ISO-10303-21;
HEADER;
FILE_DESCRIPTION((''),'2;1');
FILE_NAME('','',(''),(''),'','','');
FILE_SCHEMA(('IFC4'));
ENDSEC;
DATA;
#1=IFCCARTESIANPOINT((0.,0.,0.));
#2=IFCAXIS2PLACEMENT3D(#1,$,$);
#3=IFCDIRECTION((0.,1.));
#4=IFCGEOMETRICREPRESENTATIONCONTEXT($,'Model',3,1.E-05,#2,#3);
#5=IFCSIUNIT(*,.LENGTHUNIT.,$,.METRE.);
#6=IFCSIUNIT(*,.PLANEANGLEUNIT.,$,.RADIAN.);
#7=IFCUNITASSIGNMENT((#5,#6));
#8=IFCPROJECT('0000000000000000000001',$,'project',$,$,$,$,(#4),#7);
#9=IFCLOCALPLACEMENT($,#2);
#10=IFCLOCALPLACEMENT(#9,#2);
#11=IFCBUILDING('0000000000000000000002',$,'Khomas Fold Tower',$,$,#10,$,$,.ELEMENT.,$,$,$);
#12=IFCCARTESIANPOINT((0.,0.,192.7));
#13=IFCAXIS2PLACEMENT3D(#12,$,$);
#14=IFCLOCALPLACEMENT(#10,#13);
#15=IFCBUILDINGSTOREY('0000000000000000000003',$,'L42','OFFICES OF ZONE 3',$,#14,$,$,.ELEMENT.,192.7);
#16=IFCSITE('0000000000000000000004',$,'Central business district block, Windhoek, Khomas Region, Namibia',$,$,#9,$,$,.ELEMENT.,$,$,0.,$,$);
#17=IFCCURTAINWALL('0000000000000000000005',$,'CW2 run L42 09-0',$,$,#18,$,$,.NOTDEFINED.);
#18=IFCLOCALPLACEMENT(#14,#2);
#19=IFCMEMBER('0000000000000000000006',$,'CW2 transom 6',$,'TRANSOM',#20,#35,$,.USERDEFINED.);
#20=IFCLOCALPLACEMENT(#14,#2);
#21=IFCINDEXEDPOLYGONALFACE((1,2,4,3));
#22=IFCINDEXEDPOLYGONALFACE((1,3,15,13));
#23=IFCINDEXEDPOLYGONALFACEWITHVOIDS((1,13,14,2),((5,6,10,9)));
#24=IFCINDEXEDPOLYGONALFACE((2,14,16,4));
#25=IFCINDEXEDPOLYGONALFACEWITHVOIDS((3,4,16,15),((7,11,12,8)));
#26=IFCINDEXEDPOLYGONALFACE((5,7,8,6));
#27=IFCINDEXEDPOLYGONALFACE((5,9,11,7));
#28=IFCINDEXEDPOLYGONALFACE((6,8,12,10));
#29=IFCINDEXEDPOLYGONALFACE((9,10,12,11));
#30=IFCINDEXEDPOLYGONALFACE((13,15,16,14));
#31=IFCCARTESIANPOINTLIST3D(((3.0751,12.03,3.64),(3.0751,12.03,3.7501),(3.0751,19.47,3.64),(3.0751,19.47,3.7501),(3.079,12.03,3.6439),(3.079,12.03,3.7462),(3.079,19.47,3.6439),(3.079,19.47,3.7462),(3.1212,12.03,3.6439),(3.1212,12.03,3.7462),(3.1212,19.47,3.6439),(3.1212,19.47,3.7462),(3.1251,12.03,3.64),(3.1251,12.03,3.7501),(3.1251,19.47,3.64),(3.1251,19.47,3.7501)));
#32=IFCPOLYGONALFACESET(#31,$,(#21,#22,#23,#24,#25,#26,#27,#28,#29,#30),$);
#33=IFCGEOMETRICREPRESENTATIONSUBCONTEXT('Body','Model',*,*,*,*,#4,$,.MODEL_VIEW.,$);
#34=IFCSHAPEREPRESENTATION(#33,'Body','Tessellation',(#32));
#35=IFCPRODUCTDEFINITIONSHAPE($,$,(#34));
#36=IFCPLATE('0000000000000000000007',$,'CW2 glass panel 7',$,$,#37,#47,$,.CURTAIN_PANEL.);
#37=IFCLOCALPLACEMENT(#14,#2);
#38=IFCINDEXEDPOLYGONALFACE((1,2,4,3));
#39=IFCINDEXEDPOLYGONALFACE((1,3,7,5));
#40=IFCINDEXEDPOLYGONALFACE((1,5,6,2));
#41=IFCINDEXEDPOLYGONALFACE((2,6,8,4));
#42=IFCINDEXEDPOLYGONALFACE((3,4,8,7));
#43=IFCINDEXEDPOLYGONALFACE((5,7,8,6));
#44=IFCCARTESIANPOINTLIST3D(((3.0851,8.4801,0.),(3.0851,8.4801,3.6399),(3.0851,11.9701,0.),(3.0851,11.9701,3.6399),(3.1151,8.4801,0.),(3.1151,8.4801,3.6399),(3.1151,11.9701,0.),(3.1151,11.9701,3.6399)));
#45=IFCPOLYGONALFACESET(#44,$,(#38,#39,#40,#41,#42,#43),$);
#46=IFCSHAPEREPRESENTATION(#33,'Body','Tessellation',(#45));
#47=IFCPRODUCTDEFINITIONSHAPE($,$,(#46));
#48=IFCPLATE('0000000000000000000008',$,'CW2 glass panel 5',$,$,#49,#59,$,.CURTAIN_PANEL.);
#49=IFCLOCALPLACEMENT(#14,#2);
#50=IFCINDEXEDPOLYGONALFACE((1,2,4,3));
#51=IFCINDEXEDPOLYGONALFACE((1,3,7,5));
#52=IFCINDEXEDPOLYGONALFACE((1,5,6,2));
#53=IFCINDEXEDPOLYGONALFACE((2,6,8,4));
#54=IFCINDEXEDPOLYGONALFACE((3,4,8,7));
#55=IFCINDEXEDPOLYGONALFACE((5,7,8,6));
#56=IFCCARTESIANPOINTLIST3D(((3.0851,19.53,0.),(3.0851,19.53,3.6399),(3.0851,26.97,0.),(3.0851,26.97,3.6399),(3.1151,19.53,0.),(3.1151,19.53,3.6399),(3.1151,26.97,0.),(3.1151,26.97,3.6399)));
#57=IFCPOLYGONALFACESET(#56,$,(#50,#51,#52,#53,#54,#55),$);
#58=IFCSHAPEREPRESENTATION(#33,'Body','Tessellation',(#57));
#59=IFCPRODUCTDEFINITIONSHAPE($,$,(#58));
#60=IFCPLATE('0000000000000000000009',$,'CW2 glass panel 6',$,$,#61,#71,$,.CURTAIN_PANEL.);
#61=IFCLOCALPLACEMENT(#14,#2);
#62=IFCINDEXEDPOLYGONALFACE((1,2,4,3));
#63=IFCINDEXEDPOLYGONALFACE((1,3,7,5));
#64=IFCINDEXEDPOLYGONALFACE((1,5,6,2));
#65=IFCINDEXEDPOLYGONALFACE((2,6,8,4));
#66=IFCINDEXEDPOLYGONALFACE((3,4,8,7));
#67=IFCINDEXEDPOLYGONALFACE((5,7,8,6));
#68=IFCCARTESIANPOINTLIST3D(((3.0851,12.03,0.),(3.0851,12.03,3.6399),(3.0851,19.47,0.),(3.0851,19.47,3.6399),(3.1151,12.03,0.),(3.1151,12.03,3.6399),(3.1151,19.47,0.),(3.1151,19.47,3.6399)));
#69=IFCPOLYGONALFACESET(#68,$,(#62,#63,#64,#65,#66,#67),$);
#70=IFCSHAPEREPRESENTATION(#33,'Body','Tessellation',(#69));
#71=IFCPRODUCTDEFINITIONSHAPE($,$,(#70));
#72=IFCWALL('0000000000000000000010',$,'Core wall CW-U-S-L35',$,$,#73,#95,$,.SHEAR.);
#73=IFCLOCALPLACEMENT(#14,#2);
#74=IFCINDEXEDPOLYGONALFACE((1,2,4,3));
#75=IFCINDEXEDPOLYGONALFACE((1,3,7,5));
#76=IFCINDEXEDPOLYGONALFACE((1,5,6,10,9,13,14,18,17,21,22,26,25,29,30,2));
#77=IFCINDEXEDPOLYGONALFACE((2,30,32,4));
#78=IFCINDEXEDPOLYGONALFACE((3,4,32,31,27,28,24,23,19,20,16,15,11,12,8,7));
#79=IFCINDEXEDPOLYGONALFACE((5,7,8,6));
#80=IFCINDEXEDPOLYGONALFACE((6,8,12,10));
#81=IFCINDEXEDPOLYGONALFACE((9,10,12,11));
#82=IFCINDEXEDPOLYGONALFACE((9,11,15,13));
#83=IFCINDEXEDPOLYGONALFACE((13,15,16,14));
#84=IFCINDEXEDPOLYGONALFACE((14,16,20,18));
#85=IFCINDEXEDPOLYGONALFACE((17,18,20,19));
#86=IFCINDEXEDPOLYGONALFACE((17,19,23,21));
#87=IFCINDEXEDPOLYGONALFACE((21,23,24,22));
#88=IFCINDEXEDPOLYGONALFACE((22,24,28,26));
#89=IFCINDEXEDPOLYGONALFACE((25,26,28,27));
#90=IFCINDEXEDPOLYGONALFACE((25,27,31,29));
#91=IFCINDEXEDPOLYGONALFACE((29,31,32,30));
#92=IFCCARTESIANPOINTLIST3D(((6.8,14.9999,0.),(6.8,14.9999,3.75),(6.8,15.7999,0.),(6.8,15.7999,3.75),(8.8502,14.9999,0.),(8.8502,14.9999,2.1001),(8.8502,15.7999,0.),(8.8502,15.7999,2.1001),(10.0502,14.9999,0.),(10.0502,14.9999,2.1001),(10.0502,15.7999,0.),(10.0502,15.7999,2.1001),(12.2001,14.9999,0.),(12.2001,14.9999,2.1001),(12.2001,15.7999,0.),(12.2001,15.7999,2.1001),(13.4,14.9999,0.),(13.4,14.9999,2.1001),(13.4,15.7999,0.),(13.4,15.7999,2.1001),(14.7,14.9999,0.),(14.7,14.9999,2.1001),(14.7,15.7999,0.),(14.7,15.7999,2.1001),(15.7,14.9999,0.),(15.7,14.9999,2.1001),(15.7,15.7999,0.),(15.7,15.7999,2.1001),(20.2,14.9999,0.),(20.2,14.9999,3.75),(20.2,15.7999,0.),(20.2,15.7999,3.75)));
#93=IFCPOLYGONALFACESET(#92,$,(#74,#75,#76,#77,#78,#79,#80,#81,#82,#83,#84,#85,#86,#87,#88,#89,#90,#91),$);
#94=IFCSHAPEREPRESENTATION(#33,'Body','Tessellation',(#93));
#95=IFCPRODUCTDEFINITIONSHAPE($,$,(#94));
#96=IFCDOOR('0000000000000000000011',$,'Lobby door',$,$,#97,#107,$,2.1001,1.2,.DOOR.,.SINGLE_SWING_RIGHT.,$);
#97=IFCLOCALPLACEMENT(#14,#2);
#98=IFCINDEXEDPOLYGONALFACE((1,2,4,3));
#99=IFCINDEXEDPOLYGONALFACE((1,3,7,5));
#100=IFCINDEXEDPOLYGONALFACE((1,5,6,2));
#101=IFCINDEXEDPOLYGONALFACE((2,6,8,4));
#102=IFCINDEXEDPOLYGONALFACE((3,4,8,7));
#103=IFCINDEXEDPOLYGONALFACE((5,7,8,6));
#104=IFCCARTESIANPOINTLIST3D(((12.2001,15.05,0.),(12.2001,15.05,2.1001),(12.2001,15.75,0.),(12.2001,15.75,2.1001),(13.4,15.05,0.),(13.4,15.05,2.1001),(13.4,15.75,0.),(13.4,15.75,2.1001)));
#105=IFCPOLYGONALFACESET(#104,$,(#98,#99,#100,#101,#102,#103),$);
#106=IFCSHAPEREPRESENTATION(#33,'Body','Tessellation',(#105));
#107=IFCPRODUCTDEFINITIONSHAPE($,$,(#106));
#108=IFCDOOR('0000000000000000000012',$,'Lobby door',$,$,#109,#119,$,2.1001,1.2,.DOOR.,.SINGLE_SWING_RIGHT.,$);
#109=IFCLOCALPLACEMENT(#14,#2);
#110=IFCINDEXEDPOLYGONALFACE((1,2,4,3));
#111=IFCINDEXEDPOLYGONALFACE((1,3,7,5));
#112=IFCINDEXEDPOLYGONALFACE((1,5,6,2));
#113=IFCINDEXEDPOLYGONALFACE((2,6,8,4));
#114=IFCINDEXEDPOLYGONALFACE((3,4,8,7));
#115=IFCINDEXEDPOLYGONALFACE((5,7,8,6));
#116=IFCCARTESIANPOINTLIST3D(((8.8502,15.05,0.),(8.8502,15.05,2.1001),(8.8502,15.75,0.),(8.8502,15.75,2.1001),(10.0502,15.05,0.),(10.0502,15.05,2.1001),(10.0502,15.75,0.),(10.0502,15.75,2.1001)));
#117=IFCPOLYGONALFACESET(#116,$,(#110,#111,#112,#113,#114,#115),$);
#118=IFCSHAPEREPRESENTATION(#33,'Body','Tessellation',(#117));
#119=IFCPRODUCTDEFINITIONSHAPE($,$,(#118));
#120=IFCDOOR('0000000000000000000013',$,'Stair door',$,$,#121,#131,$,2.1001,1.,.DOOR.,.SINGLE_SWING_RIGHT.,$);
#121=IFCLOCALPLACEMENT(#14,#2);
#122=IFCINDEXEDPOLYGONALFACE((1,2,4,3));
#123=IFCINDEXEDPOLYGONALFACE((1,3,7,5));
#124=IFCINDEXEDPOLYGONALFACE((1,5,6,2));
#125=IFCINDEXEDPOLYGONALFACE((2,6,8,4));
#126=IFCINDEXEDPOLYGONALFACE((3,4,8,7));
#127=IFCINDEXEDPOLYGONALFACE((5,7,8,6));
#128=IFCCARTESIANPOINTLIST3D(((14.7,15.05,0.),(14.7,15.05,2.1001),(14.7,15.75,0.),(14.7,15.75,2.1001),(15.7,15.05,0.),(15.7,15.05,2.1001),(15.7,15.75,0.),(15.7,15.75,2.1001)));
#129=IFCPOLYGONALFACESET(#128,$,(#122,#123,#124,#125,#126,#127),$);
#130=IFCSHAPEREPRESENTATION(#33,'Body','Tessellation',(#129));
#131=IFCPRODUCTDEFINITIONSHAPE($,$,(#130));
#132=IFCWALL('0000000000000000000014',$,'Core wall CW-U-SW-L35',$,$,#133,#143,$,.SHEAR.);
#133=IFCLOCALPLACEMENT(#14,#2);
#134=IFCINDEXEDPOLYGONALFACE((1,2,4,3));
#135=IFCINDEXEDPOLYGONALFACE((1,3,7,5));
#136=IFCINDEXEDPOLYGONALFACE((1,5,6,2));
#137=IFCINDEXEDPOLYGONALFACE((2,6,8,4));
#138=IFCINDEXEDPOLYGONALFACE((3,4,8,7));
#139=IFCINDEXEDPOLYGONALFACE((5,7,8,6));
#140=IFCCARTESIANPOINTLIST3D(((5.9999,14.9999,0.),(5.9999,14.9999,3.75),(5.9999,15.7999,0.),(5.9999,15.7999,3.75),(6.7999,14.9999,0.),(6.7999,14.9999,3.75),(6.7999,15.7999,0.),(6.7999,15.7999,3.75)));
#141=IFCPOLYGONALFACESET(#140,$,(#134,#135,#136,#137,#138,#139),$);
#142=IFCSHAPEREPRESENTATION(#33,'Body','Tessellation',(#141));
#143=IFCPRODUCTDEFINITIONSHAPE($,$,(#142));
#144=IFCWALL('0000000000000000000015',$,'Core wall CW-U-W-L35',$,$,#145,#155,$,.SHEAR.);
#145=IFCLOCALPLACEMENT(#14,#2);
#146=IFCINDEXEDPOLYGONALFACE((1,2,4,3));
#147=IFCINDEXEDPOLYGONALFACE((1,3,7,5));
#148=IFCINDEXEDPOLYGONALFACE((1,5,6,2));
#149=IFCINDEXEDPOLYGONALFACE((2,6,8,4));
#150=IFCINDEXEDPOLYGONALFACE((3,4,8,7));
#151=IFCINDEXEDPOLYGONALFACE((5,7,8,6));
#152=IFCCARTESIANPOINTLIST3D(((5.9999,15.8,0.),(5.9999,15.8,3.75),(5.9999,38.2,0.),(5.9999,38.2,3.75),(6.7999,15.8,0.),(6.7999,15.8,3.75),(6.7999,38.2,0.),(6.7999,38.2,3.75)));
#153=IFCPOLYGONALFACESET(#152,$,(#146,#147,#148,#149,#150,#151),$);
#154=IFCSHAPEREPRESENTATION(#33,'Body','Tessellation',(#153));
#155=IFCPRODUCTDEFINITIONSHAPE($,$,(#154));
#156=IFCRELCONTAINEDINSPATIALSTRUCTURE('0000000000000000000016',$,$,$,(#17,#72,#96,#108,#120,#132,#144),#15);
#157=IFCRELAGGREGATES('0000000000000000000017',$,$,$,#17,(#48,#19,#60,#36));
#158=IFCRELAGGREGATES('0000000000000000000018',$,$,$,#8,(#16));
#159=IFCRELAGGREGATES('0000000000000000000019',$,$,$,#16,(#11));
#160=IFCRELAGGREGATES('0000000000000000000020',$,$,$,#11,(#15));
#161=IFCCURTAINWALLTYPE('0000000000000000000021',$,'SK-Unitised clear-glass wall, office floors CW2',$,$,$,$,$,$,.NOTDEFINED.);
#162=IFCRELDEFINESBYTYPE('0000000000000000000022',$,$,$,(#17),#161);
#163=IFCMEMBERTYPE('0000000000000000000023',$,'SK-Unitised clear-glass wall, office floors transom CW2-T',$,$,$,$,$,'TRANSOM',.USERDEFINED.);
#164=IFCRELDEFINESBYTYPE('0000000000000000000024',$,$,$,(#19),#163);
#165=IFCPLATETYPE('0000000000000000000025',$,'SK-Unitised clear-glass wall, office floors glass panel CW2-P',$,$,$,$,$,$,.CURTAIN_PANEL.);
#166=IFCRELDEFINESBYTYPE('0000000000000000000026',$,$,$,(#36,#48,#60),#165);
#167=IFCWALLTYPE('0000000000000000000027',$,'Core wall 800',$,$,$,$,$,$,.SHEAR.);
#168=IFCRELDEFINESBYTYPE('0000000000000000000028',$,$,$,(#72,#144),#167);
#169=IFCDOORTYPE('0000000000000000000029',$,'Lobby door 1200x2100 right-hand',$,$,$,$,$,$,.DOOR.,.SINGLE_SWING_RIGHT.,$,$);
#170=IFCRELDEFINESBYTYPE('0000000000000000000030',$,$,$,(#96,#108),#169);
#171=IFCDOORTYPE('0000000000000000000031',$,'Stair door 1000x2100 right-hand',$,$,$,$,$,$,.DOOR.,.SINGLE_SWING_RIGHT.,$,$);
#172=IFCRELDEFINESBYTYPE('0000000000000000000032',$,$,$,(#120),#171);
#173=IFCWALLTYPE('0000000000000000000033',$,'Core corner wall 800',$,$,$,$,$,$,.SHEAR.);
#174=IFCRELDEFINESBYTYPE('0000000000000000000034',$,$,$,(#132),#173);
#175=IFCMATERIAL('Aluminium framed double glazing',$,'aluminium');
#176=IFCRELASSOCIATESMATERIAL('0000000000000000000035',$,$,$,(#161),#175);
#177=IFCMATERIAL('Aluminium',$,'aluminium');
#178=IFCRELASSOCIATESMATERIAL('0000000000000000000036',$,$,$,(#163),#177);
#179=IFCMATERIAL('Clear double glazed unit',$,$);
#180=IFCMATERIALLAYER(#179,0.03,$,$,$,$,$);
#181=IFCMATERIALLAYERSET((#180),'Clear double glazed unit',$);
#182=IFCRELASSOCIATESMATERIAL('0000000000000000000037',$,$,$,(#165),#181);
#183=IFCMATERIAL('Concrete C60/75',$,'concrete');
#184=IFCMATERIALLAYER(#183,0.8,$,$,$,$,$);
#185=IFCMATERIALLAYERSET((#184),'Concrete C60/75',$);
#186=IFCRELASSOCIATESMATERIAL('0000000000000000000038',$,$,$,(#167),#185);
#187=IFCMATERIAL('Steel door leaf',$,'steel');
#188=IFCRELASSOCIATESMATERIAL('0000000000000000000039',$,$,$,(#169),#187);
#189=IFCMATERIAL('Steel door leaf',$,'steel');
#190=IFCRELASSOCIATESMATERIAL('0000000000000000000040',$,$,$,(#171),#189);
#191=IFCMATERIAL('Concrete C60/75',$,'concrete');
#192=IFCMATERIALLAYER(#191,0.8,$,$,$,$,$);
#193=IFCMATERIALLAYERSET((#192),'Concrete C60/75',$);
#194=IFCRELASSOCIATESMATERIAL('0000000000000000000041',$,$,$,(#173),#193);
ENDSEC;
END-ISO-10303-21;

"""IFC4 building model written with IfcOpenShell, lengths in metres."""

from ifc_helpers import new_model, si_unit, direction, frame, frame_2d, origin, origin_2d, place, context, subcontext, project, spatial, rectangle, hollow_rectangle, extrude, source, transform, mapped, material, layer, layer_set, material_profile, profile_set, type_object, element, fill, aggregate, save


model = new_model("IFC4")

# Units and contexts
model_context = context("Model", 3, precision=1e-05, world=origin(), true_north=direction((0.0, 1.0)))
body_context = subcontext(model_context, "Body", "Model", "MODEL_VIEW")
ifc_project = project(units=[si_unit("LENGTHUNIT", "METRE"), si_unit("PLANEANGLEUNIT", "RADIAN")], contexts=[model_context])

# Site, building, storey
site_placement = place(None, origin())
site = spatial("IfcSite", under=ifc_project, at=site_placement, Name="Central business district block, Windhoek, Khomas Region, Namibia", CompositionType="ELEMENT", RefElevation=0.0)
building_placement = place(site_placement, origin())
building = spatial("IfcBuilding", under=site, at=building_placement, Name="Khomas Fold Tower", CompositionType="ELEMENT")
storey_placement = place(building_placement, frame((0.0, 0.0, 192.7)))
storey = spatial("IfcBuildingStorey", under=building, at=storey_placement, Name="L42", Description="OFFICES OF ZONE 3", CompositionType="ELEMENT", Elevation=192.7)

# Curtain wall, member, plates
ifc_material_1 = material(Name="Aluminium framed double glazing", Category="aluminium")
curtain_wall_type = type_object("IfcCurtainWallType", Name="SK-Unitised clear-glass wall, office floors CW2", PredefinedType="NOTDEFINED", material=ifc_material_1)
curtain_wall_placement = place(storey_placement, origin())
curtain_wall = element("IfcCurtainWall", 1, at=curtain_wall_placement, inside=storey, type_object=curtain_wall_type, Name="CW2 run L42 09-0", PredefinedType="NOTDEFINED")
ifc_material_2 = material(Name="Aluminium", Category="aluminium")
ifc_material_profile_1 = material_profile(ifc_material_2, hollow_rectangle(XDim=0.05, YDim=0.1101, WallThickness=0.0039, at=origin_2d()), Name="SK-Unitised clear-glass wall, office floors transom CW2-T")
ifc_profile_set_1 = profile_set([ifc_material_profile_1], Name="Aluminium")
member_type_1 = type_object("IfcMemberType", Name="SK-Unitised clear-glass wall, office floors transom CW2-T", ElementType="TRANSOM", PredefinedType="USERDEFINED", material=ifc_profile_set_1)
shared_shape_1 = source(origin(), body_context, "Body", "SweptSolid", [
    extrude(hollow_rectangle(XDim=0.05, YDim=0.1101, WallThickness=0.0039, at=origin_2d()), origin(), (0.0, 0.0, 1.0), 7.4399),
])
member_1_placement = place(storey_placement, frame((3.1001, 19.47, 3.6951), z_axis=(0.0, -1.0, 0.0), x_axis=(1.0, 0.0, 0.0)))
member_1 = element("IfcMember", 2, at=member_1_placement, type_object=member_type_1, Name="CW2 transom 6", ObjectType="TRANSOM", PredefinedType="USERDEFINED", context=body_context, shape_type="MappedRepresentation", body=[
    mapped(shared_shape_1, transform((0.0, 0.0, 0.0))),
])
ifc_material_3 = material(Name="Clear double glazed unit")
ifc_layer_1 = layer(ifc_material_3, 0.03)
ifc_layer_set_1 = layer_set([ifc_layer_1], Name="Clear double glazed unit")
plate_type = type_object("IfcPlateType", Name="SK-Unitised clear-glass wall, office floors glass panel CW2-P", PredefinedType="CURTAIN_PANEL", material=ifc_layer_set_1)
shared_shape_2 = source(origin(), body_context, "Body", "SweptSolid", [
    extrude(rectangle(XDim=3.49, YDim=0.03, at=origin_2d()), origin(), (0.0, 0.0, 1.0), 3.6399),
])
plate_1_placement = place(storey_placement, frame((3.1001, 10.2251, 0.0), z_axis=(0.0, 0.0, 1.0), x_axis=(0.0, -1.0, 0.0)))
plate_1 = element("IfcPlate", 3, at=plate_1_placement, type_object=plate_type, Name="CW2 glass panel 7", PredefinedType="CURTAIN_PANEL", context=body_context, shape_type="MappedRepresentation", body=[
    mapped(shared_shape_2, transform((0.0, 0.0, 0.0))),
])
shared_shape_3 = source(origin(), body_context, "Body", "SweptSolid", [
    extrude(rectangle(XDim=7.4399, YDim=0.03, at=origin_2d()), origin(), (0.0, 0.0, 1.0), 3.6399),
])
plate_2_placement = place(storey_placement, frame((3.1001, 23.25, 0.0), z_axis=(0.0, 0.0, 1.0), x_axis=(0.0, -1.0, 0.0)))
plate_2 = element("IfcPlate", 4, at=plate_2_placement, type_object=plate_type, Name="CW2 glass panel 5", PredefinedType="CURTAIN_PANEL", context=body_context, shape_type="MappedRepresentation", body=[
    mapped(shared_shape_3, transform((0.0, 0.0, 0.0))),
])
plate_3_placement = place(storey_placement, frame((3.1001, 15.75, 0.0), z_axis=(0.0, 0.0, 1.0), x_axis=(0.0, -1.0, 0.0)))
plate_3 = element("IfcPlate", 5, at=plate_3_placement, type_object=plate_type, Name="CW2 glass panel 6", PredefinedType="CURTAIN_PANEL", context=body_context, shape_type="MappedRepresentation", body=[
    mapped(shared_shape_3, transform((0.0, 0.0, 0.0))),
])
aggregate(curtain_wall, [plate_2, member_1, plate_3, plate_1])

# Wall, openings, doors
ifc_material_4 = material(Name="Concrete C60/75", Category="concrete")
ifc_layer_2 = layer(ifc_material_4, 0.8)
ifc_layer_set_2 = layer_set([ifc_layer_2], Name="Concrete C60/75")
wall_type_1 = type_object("IfcWallType", Name="Core wall 800", PredefinedType="SHEAR", material=ifc_layer_set_2)
shared_shape_4 = source(origin(), body_context, "Body", "SweptSolid", [
    extrude(rectangle(XDim=13.3999, YDim=0.8, at=frame_2d((6.7, 0.0))), origin(), (0.0, 0.0, 1.0), 3.75),
])
wall_1_placement = place(storey_placement, frame((6.8, 15.3999, 0.0), z_axis=(0.0, 0.0, 1.0), x_axis=(1.0, 0.0, 0.0)))
wall_1 = element("IfcWall", 6, at=wall_1_placement, inside=storey, type_object=wall_type_1, Name="Core wall CW-U-S-L35", PredefinedType="SHEAR", context=body_context, shape_type="MappedRepresentation", body=[
    mapped(shared_shape_4, transform((0.0, 0.0, 0.0))),
])
shared_shape_5 = source(origin(), body_context, "Body", "SweptSolid", [
    extrude(rectangle(XDim=1.2, YDim=2.1001, at=frame_2d((0.6001, 1.05))), frame((0.0, 0.4099, 0.0), z_axis=(0.0, -1.0, 0.0), x_axis=(1.0, 0.0, 0.0)), (0.0, 0.0, 1.0), 0.8201),
])
opening_1_placement = place(wall_1_placement, frame((5.3999, 0.0, 0.0)))
opening_1 = element("IfcOpeningElement", 7, at=opening_1_placement, cuts=wall_1, PredefinedType="OPENING", context=body_context, shape_type="MappedRepresentation", body=[
    mapped(shared_shape_5, transform((0.0, 0.0, 0.0))),
])
opening_2_placement = place(wall_1_placement, frame((2.05, 0.0, 0.0)))
opening_2 = element("IfcOpeningElement", 8, at=opening_2_placement, cuts=wall_1, PredefinedType="OPENING", context=body_context, shape_type="MappedRepresentation", body=[
    mapped(shared_shape_5, transform((0.0, 0.0, 0.0))),
])
shared_shape_6 = source(origin(), body_context, "Body", "SweptSolid", [
    extrude(rectangle(XDim=1.0, YDim=2.1001, at=frame_2d((0.5, 1.05))), frame((0.0, 0.4099, 0.0), z_axis=(0.0, -1.0, 0.0), x_axis=(1.0, 0.0, 0.0)), (0.0, 0.0, 1.0), 0.8201),
])
opening_3_placement = place(wall_1_placement, frame((7.8999, 0.0, 0.0)))
opening_3 = element("IfcOpeningElement", 9, at=opening_3_placement, cuts=wall_1, PredefinedType="OPENING", context=body_context, shape_type="MappedRepresentation", body=[
    mapped(shared_shape_6, transform((0.0, 0.0, 0.0))),
])
ifc_material_5 = material(Name="Steel door leaf", Category="steel")
door_type_1 = type_object("IfcDoorType", Name="Lobby door 1200x2100 right-hand", OperationType="SINGLE_SWING_RIGHT", PredefinedType="DOOR", material=ifc_material_5)
shared_shape_7 = source(origin(), body_context, "Body", "SweptSolid", [
    extrude(rectangle(XDim=1.2, YDim=2.1001, at=frame_2d((0.6001, 1.05))), frame((0.0, 0.3501, 0.0), z_axis=(0.0, -1.0, 0.0), x_axis=(1.0, 0.0, 0.0)), (0.0, 0.0, 1.0), 0.7),
])
door_1_placement = place(opening_1_placement, origin())
door_1 = element("IfcDoor", 10, at=door_1_placement, inside=storey, type_object=door_type_1, Name="Lobby door", OperationType="SINGLE_SWING_RIGHT", OverallHeight=2.1001, OverallWidth=1.2, PredefinedType="DOOR", context=body_context, shape_type="MappedRepresentation", body=[
    mapped(shared_shape_7, transform((0.0, 0.0, 0.0))),
])
fill(opening_1, door_1)
door_2_placement = place(opening_2_placement, origin())
door_2 = element("IfcDoor", 11, at=door_2_placement, inside=storey, type_object=door_type_1, Name="Lobby door", OperationType="SINGLE_SWING_RIGHT", OverallHeight=2.1001, OverallWidth=1.2, PredefinedType="DOOR", context=body_context, shape_type="MappedRepresentation", body=[
    mapped(shared_shape_7, transform((0.0, 0.0, 0.0))),
])
fill(opening_2, door_2)
ifc_material_6 = material(Name="Steel door leaf", Category="steel")
door_type_2 = type_object("IfcDoorType", Name="Stair door 1000x2100 right-hand", OperationType="SINGLE_SWING_RIGHT", PredefinedType="DOOR", material=ifc_material_6)
shared_shape_8 = source(origin(), body_context, "Body", "SweptSolid", [
    extrude(rectangle(XDim=1.0, YDim=2.1001, at=frame_2d((0.5, 1.05))), frame((0.0, 0.3501, 0.0), z_axis=(0.0, -1.0, 0.0), x_axis=(1.0, 0.0, 0.0)), (0.0, 0.0, 1.0), 0.7),
])
door_3_placement = place(opening_3_placement, origin())
door_3 = element("IfcDoor", 12, at=door_3_placement, inside=storey, type_object=door_type_2, Name="Stair door", OperationType="SINGLE_SWING_RIGHT", OverallHeight=2.1001, OverallWidth=1.0, PredefinedType="DOOR", context=body_context, shape_type="MappedRepresentation", body=[
    mapped(shared_shape_8, transform((0.0, 0.0, 0.0))),
])
fill(opening_3, door_3)

# Walls
ifc_material_7 = material(Name="Concrete C60/75", Category="concrete")
ifc_layer_3 = layer(ifc_material_7, 0.8)
ifc_layer_set_3 = layer_set([ifc_layer_3], Name="Concrete C60/75")
wall_type_2 = type_object("IfcWallType", Name="Core corner wall 800", PredefinedType="SHEAR", material=ifc_layer_set_3)
shared_shape_9 = source(origin(), body_context, "Body", "SweptSolid", [
    extrude(rectangle(XDim=0.8, YDim=0.8, at=frame_2d((0.3999, 0.0))), origin(), (0.0, 0.0, 1.0), 3.75),
])
wall_2_placement = place(storey_placement, frame((6.0, 15.3999, 0.0), z_axis=(0.0, 0.0, 1.0), x_axis=(1.0, 0.0, 0.0)))
element("IfcWall", 13, at=wall_2_placement, inside=storey, type_object=wall_type_2, Name="Core wall CW-U-SW-L35", PredefinedType="SHEAR", context=body_context, shape_type="MappedRepresentation", body=[
    mapped(shared_shape_9, transform((0.0, 0.0, 0.0))),
])
shared_shape_10 = source(origin(), body_context, "Body", "SweptSolid", [
    extrude(rectangle(XDim=22.3999, YDim=0.8, at=frame_2d((11.2, 0.0))), origin(), (0.0, 0.0, 1.0), 3.75),
])
wall_3_placement = place(storey_placement, frame((6.3999, 15.8, 0.0), z_axis=(0.0, 0.0, 1.0), x_axis=(0.0, 1.0, 0.0)))
element("IfcWall", 14, at=wall_3_placement, inside=storey, type_object=wall_type_1, Name="Core wall CW-U-W-L35", PredefinedType="SHEAR", context=body_context, shape_type="MappedRepresentation", body=[
    mapped(shared_shape_10, transform((0.0, 0.0, 0.0))),
])

save(model, "model.ifc")
